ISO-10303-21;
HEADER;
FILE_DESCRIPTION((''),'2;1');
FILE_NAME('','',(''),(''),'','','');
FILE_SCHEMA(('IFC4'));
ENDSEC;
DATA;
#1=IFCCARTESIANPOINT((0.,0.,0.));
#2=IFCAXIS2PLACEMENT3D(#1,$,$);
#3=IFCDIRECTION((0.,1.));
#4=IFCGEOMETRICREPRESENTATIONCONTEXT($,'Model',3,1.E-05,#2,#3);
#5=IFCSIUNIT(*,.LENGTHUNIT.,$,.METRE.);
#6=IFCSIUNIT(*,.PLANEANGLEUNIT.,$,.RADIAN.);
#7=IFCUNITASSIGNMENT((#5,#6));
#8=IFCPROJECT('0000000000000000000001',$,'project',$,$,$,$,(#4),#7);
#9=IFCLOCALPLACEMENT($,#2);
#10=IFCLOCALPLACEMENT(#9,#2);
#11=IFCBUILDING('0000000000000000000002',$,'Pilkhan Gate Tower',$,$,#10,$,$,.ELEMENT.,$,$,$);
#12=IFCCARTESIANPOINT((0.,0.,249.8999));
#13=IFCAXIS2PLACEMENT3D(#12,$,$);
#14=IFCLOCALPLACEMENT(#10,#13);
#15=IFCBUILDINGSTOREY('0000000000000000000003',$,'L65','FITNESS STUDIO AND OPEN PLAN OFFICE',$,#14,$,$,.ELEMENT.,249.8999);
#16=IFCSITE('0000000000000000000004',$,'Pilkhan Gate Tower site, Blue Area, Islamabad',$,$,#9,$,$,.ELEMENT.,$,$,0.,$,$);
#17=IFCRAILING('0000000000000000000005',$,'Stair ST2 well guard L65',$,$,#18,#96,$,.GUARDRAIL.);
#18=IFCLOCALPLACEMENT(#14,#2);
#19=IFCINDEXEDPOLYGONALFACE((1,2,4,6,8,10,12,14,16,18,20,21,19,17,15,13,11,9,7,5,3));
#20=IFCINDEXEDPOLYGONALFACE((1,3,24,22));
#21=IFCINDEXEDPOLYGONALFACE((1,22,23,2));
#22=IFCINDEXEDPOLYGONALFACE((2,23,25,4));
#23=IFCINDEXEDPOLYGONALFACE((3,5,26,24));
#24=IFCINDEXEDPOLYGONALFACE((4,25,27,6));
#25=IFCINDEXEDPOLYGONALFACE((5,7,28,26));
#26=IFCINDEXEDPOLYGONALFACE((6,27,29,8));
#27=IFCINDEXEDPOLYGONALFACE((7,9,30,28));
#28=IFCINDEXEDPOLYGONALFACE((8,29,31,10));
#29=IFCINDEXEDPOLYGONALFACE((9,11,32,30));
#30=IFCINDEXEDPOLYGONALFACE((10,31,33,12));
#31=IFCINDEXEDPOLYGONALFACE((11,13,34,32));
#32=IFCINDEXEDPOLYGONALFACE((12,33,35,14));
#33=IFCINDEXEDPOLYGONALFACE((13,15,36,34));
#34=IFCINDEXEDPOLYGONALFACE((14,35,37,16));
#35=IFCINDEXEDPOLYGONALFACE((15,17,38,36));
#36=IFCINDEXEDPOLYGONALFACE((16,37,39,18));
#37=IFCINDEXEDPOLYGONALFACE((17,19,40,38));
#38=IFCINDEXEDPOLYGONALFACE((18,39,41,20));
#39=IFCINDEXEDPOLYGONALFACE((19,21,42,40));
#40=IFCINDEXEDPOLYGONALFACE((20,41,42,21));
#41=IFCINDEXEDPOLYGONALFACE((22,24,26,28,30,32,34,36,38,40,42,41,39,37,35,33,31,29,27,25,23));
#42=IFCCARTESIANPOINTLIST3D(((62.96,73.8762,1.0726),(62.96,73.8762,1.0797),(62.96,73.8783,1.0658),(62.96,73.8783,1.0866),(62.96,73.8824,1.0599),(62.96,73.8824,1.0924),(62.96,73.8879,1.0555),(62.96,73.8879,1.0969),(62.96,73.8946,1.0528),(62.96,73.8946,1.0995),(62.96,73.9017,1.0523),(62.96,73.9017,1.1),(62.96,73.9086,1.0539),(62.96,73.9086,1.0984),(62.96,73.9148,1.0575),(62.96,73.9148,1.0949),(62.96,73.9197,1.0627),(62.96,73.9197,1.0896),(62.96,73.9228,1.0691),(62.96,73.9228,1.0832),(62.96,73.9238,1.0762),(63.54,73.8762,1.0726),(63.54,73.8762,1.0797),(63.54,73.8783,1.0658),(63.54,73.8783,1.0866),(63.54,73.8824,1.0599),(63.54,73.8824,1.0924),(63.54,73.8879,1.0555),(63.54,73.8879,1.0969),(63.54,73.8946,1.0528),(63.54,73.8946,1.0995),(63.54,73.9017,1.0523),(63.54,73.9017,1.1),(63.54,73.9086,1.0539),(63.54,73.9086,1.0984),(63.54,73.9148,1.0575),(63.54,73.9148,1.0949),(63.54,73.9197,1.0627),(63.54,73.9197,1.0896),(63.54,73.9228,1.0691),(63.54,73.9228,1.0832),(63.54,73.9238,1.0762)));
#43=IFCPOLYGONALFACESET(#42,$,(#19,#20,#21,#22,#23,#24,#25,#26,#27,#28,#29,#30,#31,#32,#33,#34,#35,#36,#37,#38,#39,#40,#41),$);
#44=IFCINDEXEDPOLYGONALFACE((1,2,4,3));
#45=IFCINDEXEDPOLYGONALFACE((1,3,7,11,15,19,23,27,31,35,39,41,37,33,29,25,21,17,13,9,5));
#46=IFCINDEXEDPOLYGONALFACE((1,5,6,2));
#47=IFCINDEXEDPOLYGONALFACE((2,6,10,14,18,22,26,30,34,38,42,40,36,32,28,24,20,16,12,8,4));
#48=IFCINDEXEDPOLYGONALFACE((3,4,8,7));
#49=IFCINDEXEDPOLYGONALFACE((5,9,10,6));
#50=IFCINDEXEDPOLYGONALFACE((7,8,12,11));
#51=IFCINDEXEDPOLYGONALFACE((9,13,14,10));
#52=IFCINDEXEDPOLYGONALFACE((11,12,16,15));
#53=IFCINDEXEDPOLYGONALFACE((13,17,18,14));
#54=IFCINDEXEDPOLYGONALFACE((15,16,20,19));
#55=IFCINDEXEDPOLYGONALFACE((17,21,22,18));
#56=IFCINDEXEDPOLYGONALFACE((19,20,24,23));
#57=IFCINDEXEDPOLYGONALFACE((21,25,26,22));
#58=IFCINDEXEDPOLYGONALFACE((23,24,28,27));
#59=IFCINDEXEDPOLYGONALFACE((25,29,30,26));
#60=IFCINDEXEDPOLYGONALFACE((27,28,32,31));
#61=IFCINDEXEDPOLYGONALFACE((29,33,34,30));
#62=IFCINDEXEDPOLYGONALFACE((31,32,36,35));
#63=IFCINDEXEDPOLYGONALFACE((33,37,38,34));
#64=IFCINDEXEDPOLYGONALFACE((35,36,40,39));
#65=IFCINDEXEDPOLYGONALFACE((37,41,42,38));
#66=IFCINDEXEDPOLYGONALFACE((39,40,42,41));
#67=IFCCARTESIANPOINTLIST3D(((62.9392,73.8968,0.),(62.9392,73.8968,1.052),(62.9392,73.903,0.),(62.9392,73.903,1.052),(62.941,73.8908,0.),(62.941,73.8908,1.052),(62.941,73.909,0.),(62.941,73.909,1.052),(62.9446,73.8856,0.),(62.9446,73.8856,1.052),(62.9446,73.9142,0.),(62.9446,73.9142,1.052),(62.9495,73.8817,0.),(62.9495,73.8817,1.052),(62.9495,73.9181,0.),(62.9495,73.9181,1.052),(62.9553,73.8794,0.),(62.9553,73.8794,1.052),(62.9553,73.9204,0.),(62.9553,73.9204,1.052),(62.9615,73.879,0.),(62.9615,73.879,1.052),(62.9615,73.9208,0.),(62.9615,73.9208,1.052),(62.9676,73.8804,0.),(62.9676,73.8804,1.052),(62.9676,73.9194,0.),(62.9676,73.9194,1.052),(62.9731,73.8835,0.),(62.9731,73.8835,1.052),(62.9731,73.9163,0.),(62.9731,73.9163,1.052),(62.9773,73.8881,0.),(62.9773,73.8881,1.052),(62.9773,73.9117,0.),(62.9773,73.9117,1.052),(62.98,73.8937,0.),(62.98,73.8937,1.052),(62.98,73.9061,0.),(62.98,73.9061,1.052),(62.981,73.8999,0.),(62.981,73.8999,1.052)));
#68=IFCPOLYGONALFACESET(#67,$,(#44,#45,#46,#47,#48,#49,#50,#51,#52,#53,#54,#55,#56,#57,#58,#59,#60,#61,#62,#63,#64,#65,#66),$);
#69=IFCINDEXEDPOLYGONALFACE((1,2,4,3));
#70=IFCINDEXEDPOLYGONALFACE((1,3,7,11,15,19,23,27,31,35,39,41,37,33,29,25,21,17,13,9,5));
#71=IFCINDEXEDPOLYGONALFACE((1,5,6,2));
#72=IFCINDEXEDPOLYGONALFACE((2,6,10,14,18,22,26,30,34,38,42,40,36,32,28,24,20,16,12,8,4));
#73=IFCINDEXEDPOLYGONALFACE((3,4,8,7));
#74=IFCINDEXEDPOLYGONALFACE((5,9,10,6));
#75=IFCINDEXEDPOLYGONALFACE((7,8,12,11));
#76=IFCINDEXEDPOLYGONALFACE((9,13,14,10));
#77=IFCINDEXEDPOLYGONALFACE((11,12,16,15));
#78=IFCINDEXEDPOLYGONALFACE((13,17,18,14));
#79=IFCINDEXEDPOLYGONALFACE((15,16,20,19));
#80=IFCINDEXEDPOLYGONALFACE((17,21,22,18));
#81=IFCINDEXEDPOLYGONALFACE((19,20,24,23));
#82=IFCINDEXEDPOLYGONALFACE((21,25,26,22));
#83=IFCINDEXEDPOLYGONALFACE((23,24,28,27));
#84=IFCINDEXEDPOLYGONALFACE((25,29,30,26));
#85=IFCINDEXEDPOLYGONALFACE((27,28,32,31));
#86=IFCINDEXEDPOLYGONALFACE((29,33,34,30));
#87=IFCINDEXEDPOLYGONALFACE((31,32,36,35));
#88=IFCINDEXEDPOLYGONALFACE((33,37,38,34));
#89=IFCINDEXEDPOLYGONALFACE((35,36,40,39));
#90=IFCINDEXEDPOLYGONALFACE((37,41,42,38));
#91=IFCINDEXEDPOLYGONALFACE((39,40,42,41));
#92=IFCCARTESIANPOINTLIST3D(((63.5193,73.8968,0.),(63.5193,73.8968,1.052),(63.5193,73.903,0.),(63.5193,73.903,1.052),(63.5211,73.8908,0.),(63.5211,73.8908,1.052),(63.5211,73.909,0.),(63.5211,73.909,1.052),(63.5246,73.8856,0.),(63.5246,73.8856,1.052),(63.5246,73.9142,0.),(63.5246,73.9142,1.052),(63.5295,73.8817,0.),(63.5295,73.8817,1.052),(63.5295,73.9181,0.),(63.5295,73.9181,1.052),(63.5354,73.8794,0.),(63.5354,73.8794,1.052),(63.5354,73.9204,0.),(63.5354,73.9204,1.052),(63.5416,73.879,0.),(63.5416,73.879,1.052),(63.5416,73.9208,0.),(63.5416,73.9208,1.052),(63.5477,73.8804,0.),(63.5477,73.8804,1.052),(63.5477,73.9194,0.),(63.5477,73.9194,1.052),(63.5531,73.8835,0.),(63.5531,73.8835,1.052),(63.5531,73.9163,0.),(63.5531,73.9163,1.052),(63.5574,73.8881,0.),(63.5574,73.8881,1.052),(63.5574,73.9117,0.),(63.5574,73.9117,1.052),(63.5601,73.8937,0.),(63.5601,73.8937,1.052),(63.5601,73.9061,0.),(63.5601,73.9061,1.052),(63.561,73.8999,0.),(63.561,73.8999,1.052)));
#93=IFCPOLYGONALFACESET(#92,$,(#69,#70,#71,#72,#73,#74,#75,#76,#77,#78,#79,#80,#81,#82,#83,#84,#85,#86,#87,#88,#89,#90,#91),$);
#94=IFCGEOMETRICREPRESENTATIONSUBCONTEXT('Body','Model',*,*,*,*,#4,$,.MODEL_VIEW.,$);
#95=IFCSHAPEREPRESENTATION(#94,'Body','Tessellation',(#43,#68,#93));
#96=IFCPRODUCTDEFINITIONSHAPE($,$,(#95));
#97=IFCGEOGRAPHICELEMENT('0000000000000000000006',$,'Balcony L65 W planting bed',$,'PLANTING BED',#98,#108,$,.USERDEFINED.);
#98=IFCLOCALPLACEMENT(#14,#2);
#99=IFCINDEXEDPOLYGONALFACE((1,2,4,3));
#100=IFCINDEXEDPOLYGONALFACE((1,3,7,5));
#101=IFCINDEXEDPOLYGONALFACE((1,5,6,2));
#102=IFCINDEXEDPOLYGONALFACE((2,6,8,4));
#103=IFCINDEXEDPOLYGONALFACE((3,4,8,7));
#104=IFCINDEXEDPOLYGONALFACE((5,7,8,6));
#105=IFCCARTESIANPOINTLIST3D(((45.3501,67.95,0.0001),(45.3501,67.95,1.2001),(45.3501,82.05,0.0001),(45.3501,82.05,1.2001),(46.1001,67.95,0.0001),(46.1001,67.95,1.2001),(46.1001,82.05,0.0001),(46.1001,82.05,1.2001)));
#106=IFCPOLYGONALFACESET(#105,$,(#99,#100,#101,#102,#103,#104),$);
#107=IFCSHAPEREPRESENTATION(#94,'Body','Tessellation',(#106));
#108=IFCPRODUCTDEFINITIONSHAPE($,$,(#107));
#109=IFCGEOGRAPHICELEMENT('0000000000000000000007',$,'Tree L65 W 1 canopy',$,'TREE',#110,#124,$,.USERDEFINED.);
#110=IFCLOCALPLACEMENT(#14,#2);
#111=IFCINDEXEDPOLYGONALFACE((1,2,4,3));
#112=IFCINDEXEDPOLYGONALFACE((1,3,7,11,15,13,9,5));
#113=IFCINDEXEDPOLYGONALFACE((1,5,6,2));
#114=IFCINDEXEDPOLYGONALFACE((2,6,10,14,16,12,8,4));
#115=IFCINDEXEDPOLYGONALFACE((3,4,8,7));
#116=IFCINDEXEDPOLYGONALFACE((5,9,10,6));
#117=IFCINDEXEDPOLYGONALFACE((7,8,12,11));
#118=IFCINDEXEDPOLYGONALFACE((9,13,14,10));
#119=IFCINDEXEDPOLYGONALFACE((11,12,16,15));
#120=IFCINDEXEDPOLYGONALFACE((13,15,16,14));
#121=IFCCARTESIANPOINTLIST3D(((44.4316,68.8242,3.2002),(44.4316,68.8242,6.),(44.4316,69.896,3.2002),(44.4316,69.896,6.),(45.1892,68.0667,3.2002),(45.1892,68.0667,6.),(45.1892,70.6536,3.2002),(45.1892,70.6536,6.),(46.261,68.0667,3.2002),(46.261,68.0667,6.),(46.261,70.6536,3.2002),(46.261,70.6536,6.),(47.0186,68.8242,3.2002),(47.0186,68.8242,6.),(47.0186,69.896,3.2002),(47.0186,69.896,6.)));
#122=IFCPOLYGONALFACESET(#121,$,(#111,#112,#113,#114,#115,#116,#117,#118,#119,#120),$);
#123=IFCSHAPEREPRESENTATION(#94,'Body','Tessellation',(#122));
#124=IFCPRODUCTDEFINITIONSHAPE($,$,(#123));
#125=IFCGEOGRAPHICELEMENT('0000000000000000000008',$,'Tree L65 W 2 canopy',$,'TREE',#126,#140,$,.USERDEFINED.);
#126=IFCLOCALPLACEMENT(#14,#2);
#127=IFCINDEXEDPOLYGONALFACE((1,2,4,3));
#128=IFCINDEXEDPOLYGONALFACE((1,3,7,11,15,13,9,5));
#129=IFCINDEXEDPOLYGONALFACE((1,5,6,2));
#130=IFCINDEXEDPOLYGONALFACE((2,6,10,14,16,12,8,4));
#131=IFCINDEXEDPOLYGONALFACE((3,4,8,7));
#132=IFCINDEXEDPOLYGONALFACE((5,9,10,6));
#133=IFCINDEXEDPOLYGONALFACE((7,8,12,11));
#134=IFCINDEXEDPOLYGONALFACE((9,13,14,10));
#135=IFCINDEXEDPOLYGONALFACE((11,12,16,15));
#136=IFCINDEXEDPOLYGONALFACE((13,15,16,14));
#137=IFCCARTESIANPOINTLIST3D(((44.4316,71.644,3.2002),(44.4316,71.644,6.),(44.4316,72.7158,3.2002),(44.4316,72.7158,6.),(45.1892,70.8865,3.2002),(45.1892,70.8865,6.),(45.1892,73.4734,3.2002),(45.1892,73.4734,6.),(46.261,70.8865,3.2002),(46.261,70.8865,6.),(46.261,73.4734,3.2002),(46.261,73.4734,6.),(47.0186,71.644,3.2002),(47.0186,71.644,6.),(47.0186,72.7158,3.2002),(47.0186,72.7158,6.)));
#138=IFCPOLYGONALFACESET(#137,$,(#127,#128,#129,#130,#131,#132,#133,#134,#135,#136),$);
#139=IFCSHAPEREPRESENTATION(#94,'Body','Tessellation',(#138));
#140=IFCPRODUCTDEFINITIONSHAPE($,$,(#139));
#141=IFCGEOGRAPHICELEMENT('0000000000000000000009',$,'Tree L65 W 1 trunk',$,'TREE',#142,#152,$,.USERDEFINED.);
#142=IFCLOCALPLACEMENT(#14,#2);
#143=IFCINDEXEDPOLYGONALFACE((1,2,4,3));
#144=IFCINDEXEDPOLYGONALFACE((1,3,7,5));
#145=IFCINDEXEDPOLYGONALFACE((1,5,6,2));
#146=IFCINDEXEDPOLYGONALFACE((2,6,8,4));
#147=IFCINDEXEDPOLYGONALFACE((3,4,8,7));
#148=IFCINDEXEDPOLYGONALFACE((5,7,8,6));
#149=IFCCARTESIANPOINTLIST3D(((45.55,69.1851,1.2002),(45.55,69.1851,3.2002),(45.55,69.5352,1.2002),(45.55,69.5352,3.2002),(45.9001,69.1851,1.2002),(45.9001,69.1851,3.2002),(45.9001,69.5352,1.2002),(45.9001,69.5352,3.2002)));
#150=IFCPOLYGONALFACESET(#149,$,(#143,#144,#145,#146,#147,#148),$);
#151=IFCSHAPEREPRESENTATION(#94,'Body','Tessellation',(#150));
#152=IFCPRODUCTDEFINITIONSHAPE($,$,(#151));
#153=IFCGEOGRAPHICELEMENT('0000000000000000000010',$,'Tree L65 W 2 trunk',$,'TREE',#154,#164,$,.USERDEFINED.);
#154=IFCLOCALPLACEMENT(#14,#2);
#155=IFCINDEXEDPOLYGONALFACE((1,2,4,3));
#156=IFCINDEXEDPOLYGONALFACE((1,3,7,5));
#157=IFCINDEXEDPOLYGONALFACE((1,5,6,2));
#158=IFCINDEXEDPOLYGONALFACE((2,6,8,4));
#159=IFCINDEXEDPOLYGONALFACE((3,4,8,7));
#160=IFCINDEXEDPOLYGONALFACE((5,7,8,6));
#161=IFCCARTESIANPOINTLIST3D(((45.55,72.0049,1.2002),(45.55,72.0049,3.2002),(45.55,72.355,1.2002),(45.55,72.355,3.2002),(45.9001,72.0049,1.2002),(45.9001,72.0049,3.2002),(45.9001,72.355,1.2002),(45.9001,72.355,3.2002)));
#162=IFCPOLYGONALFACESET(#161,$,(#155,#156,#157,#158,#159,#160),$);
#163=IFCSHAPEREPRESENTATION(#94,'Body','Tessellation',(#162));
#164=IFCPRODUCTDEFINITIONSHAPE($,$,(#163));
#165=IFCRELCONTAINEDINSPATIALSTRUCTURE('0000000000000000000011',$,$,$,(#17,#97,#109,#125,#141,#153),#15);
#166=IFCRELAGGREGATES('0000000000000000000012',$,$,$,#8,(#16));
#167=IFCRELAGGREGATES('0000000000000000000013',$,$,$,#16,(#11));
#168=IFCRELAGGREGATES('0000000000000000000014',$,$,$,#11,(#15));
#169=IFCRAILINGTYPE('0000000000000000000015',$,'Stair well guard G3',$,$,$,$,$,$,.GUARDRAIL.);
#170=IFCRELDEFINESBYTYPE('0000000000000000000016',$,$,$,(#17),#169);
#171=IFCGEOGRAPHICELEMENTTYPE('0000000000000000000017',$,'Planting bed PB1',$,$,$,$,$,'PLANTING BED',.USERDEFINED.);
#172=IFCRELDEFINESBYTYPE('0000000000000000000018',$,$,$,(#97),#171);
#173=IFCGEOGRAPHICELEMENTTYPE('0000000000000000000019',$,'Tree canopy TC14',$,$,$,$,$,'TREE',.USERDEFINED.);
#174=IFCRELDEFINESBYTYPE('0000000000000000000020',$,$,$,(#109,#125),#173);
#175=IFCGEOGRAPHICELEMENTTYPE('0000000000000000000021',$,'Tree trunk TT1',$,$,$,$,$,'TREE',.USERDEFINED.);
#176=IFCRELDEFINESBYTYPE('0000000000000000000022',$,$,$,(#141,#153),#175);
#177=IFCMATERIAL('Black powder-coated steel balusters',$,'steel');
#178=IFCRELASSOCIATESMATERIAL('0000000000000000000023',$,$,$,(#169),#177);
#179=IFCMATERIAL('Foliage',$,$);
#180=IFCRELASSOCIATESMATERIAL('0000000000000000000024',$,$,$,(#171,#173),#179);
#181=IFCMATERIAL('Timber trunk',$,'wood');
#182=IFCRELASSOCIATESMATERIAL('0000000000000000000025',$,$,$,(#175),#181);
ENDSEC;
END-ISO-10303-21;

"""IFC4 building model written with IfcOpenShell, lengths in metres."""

from ifc_helpers import new_model, si_unit, direction, frame, origin, origin_2d, place, context, subcontext, project, spatial, polyline, rectangle, circle, outline, extrude, material, material_profile, profile_set, type_object, element, save


model = new_model("IFC4")

# Units and contexts
model_context = context("Model", 3, precision=1e-05, world=origin(), true_north=direction((0.0, 1.0)))
body_context = subcontext(model_context, "Body", "Model", "MODEL_VIEW")
ifc_project = project(units=[si_unit("LENGTHUNIT", "METRE"), si_unit("PLANEANGLEUNIT", "RADIAN")], contexts=[model_context])

# Site, building, storey
site_placement = place(None, origin())
site = spatial("IfcSite", under=ifc_project, at=site_placement, Name="Pilkhan Gate Tower site, Blue Area, Islamabad", CompositionType="ELEMENT", RefElevation=0.0)
building_placement = place(site_placement, origin())
building = spatial("IfcBuilding", under=site, at=building_placement, Name="Pilkhan Gate Tower", CompositionType="ELEMENT")
storey_placement = place(building_placement, frame((0.0, 0.0, 249.8999)))
storey = spatial("IfcBuildingStorey", under=building, at=storey_placement, Name="L65", Description="FITNESS STUDIO AND OPEN PLAN OFFICE", CompositionType="ELEMENT", Elevation=249.8999)

# Railing
ifc_material_1 = material(Name="Black powder-coated steel balusters", Category="steel")
railing_type_1 = type_object("IfcRailingType", Name="Stair well guard G3", PredefinedType="GUARDRAIL", material=ifc_material_1)
railing_1_placement = place(storey_placement, frame((62.96, 73.8999, 0.0)))
element("IfcRailing", 1, at=railing_1_placement, inside=storey, type_object=railing_type_1, Name="Stair ST2 well guard L65", PredefinedType="GUARDRAIL", context=body_context, shape_type="SweptSolid", body=[
    extrude(circle(Radius=0.0239, at=origin_2d()), frame((0.0, 0.0, 1.0762), z_axis=(1.0, 0.0, 0.0), x_axis=(0.0, 1.0, 0.0)), (0.0, 0.0, 1.0), 0.5801),
    extrude(circle(Radius=0.021, at=origin_2d()), origin(), (0.0, 0.0, 1.0), 1.052),
    extrude(circle(Radius=0.021, at=origin_2d()), frame((0.5801, 0.0, 0.0)), (0.0, 0.0, 1.0), 1.052),
])

# Geographic elements
ifc_material_2 = material(Name="Foliage")
ifc_material_profile_1 = material_profile(ifc_material_2, rectangle(XDim=0.75, YDim=1.2, at=origin_2d()), Name="Bed 750x1200")
ifc_profile_set_1 = profile_set([ifc_material_profile_1], Name="Foliage")
geographic_element_type_1 = type_object("IfcGeographicElementType", Name="Planting bed PB1", ElementType="PLANTING BED", PredefinedType="USERDEFINED", material=ifc_profile_set_1)
geographic_element_placement = place(storey_placement, frame((45.7251, 67.95, 0.6001), z_axis=(0.0, 1.0, 0.0), x_axis=(-1.0, 0.0, 0.0)))
element("IfcGeographicElement", 2, at=geographic_element_placement, inside=storey, type_object=geographic_element_type_1, Name="Balcony L65 W planting bed", ObjectType="PLANTING BED", PredefinedType="USERDEFINED", context=body_context, shape_type="SweptSolid", body=[
    extrude(rectangle(XDim=0.75, YDim=1.2, at=origin_2d()), origin(), (0.0, 0.0, 1.0), 14.1001),
])
ifc_material_profile_2 = material_profile(ifc_material_2, outline(polyline([(1.2935, 0.5359), (0.5359, 1.2935), (-0.5359, 1.2935), (-1.2935, 0.5359), (-1.2935, -0.5359), (-0.5359, -1.2935), (0.5359, -1.2935), (1.2935, -0.5359), (1.2935, 0.5359)])), Name="Canopy D2.8")
ifc_profile_set_2 = profile_set([ifc_material_profile_2], Name="Foliage")
geographic_element_type_2 = type_object("IfcGeographicElementType", Name="Tree canopy TC14", ElementType="TREE", PredefinedType="USERDEFINED", material=ifc_profile_set_2)
for number, where, z_axis, x_axis, name in (
    (3, (45.7251, 69.3601, 3.2002), (0.0, 0.0, 1.0), (1.0, 0.0, 0.0), "Tree L65 W 1 canopy"),
    (4, (45.7251, 72.1799, 3.2002), (0.0, 0.0, 1.0), (1.0, 0.0, 0.0), "Tree L65 W 2 canopy"),
):
    element("IfcGeographicElement", number, at=place(storey_placement, frame(where, z_axis=z_axis, x_axis=x_axis)), inside=storey, type_object=geographic_element_type_2, Name=name, ObjectType="TREE", PredefinedType="USERDEFINED", context=body_context, shape_type="SweptSolid", body=[
        extrude(outline(polyline([(1.2935, 0.5359), (0.5359, 1.2935), (-0.5359, 1.2935), (-1.2935, 0.5359), (-1.2935, -0.5359), (-0.5359, -1.2935), (0.5359, -1.2935), (1.2935, -0.5359), (1.2935, 0.5359)])), origin(), (0.0, 0.0, 1.0), 2.7998),
    ])
ifc_material_3 = material(Name="Timber trunk", Category="wood")
geographic_element_type_3 = type_object("IfcGeographicElementType", Name="Tree trunk TT1", ElementType="TREE", PredefinedType="USERDEFINED", material=ifc_material_3)
for number, where, z_axis, x_axis, name in (
    (5, (45.7251, 69.3601, 1.2002), (0.0, 0.0, 1.0), (1.0, 0.0, 0.0), "Tree L65 W 1 trunk"),
    (6, (45.7251, 72.1799, 1.2002), (0.0, 0.0, 1.0), (1.0, 0.0, 0.0), "Tree L65 W 2 trunk"),
):
    element("IfcGeographicElement", number, at=place(storey_placement, frame(where, z_axis=z_axis, x_axis=x_axis)), inside=storey, type_object=geographic_element_type_3, Name=name, ObjectType="TREE", PredefinedType="USERDEFINED", context=body_context, shape_type="SweptSolid", body=[
        extrude(rectangle(XDim=0.3501, YDim=0.3501, at=origin_2d()), origin(), (0.0, 0.0, 1.0), 2.0),
    ])

save(model, "model.ifc")
